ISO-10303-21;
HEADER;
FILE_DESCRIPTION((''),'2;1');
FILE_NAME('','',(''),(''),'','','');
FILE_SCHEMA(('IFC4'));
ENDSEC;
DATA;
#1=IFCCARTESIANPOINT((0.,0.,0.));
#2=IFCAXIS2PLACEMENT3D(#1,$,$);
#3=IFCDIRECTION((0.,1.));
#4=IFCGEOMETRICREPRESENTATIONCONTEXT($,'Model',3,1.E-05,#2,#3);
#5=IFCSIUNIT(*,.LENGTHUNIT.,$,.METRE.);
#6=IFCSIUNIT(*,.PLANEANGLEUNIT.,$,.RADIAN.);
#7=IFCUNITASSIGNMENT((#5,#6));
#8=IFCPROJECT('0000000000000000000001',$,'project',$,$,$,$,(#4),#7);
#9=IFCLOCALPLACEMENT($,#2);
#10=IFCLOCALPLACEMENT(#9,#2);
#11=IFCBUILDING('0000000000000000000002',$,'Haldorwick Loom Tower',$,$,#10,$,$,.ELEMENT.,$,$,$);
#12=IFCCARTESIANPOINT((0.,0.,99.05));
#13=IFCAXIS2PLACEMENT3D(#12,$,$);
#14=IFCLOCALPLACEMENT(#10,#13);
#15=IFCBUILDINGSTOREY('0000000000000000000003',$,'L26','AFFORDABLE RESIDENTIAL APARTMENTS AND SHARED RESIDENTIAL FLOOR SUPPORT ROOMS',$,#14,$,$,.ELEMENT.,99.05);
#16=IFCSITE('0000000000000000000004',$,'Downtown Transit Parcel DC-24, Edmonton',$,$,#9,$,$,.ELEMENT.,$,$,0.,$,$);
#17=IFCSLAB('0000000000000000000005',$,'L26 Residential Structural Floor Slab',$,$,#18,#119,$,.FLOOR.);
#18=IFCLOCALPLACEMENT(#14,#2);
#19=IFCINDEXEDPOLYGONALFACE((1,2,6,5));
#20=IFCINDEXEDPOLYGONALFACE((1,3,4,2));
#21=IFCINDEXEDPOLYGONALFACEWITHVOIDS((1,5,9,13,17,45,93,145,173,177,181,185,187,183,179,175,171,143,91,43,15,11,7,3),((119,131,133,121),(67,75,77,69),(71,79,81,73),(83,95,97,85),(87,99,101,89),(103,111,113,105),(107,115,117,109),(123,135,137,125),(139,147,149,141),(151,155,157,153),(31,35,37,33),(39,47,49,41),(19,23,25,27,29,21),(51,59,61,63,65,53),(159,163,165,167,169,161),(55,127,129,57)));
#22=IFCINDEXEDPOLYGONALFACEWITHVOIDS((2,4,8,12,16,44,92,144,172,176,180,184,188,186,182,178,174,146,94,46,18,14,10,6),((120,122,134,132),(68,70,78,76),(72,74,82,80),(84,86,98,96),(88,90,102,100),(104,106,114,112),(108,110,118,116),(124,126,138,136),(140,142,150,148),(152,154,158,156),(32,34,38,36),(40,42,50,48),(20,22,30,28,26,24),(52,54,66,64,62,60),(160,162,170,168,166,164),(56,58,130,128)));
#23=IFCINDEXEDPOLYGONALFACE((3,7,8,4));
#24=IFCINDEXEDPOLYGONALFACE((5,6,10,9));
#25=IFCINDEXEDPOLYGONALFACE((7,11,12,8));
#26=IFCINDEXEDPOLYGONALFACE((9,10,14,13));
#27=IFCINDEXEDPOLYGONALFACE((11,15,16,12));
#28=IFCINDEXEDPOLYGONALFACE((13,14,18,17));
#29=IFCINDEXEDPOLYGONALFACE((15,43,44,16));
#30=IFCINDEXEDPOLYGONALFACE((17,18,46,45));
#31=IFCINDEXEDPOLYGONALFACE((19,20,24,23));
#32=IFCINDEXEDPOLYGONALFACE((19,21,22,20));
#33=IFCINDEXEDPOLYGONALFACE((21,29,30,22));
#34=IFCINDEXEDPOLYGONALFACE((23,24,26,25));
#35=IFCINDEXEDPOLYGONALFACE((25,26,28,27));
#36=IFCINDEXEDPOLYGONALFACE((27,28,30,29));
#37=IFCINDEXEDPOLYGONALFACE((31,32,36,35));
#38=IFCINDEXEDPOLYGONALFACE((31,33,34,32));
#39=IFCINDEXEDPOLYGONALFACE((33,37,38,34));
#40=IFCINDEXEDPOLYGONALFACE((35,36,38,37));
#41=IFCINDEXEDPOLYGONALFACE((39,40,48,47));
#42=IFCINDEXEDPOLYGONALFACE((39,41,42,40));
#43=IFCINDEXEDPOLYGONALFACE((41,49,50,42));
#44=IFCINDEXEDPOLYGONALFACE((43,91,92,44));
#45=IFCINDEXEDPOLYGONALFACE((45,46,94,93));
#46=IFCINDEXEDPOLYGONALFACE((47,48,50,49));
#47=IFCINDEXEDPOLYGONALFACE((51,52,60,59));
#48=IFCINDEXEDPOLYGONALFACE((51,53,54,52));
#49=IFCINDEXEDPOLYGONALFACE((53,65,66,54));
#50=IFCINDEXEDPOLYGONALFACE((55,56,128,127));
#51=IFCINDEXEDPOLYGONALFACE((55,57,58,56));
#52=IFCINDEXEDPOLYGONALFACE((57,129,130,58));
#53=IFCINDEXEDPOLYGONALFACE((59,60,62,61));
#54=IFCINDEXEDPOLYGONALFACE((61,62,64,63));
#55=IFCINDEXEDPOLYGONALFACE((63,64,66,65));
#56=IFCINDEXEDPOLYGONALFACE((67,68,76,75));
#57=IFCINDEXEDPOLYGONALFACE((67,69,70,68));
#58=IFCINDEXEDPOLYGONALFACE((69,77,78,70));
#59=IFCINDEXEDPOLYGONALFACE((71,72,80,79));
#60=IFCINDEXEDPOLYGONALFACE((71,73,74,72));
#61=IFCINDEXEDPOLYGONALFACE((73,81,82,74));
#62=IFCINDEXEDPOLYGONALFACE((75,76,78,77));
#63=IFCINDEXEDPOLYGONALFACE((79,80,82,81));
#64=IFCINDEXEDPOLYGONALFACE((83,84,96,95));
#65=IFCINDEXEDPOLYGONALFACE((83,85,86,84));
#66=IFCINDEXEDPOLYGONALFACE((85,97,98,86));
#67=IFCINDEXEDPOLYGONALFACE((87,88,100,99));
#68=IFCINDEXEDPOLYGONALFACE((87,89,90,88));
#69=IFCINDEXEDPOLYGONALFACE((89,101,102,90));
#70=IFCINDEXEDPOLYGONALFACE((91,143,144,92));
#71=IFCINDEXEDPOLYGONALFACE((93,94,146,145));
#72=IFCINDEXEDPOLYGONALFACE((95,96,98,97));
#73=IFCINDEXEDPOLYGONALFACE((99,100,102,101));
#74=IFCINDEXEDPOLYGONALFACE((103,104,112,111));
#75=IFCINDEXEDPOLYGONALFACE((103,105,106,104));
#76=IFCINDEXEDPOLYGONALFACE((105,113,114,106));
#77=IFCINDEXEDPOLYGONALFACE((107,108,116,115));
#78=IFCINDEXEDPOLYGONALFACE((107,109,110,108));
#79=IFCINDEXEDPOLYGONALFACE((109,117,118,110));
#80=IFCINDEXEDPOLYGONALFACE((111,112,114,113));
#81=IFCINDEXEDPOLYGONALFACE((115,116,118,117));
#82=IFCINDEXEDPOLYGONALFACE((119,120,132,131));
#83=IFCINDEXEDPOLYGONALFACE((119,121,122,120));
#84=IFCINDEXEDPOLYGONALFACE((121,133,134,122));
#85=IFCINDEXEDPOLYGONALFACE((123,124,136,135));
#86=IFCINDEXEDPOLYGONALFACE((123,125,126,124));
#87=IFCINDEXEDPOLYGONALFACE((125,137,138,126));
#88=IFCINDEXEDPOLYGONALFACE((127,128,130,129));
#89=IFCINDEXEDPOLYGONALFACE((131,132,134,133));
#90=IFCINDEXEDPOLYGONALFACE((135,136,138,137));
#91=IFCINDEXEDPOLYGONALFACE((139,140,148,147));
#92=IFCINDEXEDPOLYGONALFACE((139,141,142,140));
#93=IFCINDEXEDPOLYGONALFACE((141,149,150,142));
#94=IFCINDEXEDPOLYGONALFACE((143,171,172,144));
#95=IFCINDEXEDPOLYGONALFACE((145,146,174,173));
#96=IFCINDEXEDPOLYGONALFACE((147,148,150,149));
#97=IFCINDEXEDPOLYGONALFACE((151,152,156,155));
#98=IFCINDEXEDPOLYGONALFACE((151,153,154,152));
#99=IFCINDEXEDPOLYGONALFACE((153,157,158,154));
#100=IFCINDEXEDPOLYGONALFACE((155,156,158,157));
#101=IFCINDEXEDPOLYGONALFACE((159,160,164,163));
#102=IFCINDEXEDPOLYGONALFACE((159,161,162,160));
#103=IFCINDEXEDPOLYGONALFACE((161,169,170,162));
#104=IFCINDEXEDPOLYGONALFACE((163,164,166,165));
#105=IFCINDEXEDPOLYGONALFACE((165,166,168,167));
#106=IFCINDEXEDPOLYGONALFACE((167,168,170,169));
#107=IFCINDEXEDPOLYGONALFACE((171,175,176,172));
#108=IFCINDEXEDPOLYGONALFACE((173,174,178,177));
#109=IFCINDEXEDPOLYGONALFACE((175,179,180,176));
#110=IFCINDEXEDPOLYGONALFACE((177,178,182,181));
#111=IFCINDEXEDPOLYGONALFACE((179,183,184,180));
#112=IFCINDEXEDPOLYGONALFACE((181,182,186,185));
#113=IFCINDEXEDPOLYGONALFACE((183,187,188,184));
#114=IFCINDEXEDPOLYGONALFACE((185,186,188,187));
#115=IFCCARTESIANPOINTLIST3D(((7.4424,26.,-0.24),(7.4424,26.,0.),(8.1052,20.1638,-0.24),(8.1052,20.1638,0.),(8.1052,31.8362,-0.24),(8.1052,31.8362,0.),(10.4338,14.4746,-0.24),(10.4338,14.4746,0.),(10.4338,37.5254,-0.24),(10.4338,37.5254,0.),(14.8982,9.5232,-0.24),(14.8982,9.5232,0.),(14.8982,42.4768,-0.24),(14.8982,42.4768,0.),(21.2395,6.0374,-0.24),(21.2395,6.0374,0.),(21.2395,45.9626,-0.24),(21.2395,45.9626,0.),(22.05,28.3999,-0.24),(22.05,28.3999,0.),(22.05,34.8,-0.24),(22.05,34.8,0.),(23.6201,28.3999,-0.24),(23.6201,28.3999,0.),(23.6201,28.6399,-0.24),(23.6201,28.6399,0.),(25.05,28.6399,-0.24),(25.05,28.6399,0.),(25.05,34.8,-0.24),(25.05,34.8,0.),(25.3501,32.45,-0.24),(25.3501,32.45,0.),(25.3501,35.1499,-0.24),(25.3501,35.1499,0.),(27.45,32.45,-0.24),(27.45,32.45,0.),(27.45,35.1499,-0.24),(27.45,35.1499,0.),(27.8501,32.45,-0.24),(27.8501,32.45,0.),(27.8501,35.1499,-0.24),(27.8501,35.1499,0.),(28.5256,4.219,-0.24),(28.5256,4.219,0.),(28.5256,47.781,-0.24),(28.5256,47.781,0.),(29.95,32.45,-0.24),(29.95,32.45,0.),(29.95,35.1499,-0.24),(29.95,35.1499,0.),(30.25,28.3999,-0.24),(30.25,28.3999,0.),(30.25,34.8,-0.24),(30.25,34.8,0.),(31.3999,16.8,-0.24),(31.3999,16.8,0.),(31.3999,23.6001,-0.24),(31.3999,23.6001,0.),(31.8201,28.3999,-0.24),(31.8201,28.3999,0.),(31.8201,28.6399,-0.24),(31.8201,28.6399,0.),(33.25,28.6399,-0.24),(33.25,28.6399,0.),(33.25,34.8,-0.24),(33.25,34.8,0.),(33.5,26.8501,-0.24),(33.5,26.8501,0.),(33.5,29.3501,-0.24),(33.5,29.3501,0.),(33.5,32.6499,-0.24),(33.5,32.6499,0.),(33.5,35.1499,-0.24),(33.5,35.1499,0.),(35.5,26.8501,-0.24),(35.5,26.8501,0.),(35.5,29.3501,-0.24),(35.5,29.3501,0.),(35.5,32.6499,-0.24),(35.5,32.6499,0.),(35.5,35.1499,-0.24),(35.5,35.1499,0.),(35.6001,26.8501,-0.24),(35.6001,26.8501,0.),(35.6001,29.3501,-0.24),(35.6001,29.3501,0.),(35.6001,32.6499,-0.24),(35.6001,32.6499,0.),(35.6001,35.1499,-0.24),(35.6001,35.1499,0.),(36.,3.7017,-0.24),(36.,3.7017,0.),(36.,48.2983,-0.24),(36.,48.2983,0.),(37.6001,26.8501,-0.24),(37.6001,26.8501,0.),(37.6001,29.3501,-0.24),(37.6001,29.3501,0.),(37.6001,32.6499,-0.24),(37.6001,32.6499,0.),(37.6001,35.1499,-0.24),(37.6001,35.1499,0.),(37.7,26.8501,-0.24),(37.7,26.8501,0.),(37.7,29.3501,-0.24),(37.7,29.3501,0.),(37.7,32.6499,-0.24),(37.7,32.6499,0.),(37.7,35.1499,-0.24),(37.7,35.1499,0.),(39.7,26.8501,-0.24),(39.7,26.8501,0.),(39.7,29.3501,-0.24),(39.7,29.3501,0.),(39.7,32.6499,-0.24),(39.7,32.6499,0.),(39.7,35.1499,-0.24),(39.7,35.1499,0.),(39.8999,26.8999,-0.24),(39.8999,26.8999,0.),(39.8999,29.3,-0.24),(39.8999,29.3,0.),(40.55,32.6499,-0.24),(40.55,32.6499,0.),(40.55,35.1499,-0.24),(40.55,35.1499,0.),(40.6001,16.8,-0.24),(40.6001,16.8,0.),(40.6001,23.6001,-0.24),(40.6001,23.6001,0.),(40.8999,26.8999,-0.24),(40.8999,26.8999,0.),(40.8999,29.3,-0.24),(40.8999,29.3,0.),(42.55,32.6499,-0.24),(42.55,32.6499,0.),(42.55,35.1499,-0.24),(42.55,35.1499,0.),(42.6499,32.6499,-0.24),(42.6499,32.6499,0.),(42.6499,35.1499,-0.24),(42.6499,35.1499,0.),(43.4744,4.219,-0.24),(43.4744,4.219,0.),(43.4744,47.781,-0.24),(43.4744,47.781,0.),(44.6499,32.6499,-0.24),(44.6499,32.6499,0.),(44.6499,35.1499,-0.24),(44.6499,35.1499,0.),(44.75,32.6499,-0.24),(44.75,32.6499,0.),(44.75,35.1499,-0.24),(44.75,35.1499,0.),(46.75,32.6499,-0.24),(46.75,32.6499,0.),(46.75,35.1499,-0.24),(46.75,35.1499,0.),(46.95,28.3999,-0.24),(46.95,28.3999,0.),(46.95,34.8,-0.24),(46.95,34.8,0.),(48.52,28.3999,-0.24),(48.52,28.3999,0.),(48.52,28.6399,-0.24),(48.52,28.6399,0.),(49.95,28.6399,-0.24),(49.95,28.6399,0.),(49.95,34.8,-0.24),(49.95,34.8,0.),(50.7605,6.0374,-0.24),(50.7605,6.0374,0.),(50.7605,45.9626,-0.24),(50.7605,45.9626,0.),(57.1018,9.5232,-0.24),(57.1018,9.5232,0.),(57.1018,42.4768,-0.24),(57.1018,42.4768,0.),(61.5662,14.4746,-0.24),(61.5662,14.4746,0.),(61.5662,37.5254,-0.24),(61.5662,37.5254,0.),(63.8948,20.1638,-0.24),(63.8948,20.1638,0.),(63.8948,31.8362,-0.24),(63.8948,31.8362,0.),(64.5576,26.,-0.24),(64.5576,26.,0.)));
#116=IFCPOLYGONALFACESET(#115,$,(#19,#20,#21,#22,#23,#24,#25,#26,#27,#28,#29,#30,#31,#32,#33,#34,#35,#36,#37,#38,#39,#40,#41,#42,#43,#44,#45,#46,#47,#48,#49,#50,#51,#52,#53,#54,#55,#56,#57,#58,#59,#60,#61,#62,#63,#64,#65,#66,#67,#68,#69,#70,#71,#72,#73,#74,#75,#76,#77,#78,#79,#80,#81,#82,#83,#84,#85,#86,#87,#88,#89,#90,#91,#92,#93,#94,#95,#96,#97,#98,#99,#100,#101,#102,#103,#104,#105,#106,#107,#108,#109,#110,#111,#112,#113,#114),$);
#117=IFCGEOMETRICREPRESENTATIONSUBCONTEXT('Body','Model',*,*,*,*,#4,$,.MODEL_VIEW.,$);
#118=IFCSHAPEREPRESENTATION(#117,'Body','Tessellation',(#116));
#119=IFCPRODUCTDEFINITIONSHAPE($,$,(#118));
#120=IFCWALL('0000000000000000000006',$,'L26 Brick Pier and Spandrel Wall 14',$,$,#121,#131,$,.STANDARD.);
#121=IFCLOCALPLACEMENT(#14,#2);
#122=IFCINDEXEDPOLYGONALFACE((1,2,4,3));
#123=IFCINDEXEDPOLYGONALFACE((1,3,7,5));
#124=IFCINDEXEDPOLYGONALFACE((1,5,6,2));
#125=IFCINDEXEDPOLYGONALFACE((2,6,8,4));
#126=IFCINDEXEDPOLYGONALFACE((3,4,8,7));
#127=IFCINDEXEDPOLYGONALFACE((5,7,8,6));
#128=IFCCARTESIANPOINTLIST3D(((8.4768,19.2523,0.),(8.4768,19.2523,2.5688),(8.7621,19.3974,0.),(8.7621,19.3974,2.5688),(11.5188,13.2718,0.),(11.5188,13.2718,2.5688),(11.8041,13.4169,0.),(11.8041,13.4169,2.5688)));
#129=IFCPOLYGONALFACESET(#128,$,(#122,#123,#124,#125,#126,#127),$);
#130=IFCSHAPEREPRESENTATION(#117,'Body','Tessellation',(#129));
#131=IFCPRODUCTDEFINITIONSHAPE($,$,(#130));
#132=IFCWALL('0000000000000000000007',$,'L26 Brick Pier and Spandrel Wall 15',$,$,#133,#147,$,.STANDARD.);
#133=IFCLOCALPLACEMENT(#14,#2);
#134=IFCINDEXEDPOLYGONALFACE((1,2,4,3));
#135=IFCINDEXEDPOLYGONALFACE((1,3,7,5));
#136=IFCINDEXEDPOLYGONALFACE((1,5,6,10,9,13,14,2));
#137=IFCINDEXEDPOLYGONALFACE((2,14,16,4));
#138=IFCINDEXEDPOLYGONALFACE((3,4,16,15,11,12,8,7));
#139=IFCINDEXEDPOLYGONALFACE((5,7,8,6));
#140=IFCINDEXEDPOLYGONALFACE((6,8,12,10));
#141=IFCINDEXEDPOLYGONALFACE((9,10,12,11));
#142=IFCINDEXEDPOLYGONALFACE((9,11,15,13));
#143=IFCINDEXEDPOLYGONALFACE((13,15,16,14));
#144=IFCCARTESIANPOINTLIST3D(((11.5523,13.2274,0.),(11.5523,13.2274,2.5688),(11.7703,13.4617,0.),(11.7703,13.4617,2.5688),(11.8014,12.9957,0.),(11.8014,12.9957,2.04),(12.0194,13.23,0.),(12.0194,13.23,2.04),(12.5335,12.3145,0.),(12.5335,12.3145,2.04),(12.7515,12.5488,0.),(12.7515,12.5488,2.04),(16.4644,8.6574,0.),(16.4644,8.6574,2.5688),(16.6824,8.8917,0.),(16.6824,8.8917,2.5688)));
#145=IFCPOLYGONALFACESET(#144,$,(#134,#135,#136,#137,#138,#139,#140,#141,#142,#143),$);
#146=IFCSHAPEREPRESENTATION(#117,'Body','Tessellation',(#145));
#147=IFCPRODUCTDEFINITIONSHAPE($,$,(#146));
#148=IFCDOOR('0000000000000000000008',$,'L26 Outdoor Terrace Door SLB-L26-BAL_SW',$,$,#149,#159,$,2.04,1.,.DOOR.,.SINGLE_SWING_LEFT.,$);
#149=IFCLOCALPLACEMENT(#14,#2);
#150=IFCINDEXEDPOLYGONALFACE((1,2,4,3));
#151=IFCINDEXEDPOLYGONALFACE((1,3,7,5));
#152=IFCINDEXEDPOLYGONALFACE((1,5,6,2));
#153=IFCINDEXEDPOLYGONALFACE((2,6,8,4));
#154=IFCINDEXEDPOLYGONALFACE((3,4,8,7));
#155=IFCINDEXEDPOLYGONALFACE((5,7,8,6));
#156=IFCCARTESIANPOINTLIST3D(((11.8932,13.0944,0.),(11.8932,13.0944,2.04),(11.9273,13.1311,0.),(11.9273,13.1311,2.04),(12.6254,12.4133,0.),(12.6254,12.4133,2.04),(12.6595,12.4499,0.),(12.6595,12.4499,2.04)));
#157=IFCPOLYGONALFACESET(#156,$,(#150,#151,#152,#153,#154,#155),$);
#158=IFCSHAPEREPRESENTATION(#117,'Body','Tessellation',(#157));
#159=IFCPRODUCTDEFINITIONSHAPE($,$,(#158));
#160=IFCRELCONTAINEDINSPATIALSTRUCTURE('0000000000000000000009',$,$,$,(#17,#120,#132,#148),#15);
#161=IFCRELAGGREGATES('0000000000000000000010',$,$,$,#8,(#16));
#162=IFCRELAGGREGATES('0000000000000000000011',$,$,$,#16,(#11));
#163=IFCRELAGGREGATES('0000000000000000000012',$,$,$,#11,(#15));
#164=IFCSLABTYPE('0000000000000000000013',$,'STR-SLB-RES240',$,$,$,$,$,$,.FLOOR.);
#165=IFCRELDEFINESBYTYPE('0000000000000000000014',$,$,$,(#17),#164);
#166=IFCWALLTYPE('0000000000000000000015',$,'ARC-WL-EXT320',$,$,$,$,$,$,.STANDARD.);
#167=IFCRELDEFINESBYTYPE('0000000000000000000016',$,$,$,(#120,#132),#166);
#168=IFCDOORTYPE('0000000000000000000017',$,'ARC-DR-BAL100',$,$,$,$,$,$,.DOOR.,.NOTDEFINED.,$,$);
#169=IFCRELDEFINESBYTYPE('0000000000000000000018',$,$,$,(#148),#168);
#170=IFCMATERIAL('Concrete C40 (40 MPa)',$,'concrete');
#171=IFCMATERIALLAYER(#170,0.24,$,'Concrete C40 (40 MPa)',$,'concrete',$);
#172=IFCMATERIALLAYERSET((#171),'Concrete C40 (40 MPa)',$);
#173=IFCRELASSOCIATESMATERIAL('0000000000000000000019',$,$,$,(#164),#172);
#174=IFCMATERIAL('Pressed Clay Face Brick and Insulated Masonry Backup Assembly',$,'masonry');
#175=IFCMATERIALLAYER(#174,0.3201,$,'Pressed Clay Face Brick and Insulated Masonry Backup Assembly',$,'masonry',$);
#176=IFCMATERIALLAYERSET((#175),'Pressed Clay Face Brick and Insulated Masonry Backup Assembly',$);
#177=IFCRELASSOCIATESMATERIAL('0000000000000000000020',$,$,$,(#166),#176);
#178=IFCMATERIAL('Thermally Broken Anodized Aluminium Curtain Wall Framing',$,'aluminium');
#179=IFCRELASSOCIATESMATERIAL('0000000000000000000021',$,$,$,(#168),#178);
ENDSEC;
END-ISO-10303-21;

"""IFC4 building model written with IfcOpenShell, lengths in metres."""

from ifc_helpers import new_model, si_unit, direction, frame, frame_2d, origin, place, context, subcontext, project, spatial, polyline, rectangle, outline, extrude, material, layer, layer_set, type_object, element, fill, save


model = new_model("IFC4")

# Units and contexts
model_context = context("Model", 3, precision=1e-05, world=origin(), true_north=direction((0.0, 1.0)))
body_context = subcontext(model_context, "Body", "Model", "MODEL_VIEW")
ifc_project = project(units=[si_unit("LENGTHUNIT", "METRE"), si_unit("PLANEANGLEUNIT", "RADIAN")], contexts=[model_context])

# Site, building, storey
site_placement = place(None, origin())
site = spatial("IfcSite", under=ifc_project, at=site_placement, Name="Downtown Transit Parcel DC-24, Edmonton", CompositionType="ELEMENT", RefElevation=0.0)
building_placement = place(site_placement, origin())
building = spatial("IfcBuilding", under=site, at=building_placement, Name="Haldorwick Loom Tower", CompositionType="ELEMENT")
storey_placement = place(building_placement, frame((0.0, 0.0, 99.05)))
storey = spatial("IfcBuildingStorey", under=building, at=storey_placement, Name="L26", Description="AFFORDABLE RESIDENTIAL APARTMENTS AND SHARED RESIDENTIAL FLOOR SUPPORT ROOMS", CompositionType="ELEMENT", Elevation=99.05)

# Shared definitions
ifc_material_1 = material(Name="Concrete C40 (40 MPa)", Category="concrete")

# Slab
ifc_layer_1 = layer(ifc_material_1, 0.24, Name="Concrete C40 (40 MPa)", Category="concrete")
ifc_layer_set_1 = layer_set([ifc_layer_1], Name="Concrete C40 (40 MPa)")
slab_type_1 = type_object("IfcSlabType", Name="STR-SLB-RES240", PredefinedType="FLOOR", material=ifc_layer_set_1)
slab_1_placement = place(storey_placement, frame((0.0, 0.0, -0.24)))
element("IfcSlab", 1, at=slab_1_placement, inside=storey, type_object=slab_type_1, Name="L26 Residential Structural Floor Slab", PredefinedType="FLOOR", context=body_context, shape_type="SweptSolid", body=[
    extrude(outline(polyline([(57.1018, 9.5232), (61.5662, 14.4746), (63.8948, 20.1638), (64.5576, 26.0), (63.8948, 31.8362), (61.5662, 37.5254), (57.1018, 42.4768), (50.7605, 45.9626), (43.4744, 47.781), (36.0, 48.2983), (28.5256, 47.781), (21.2395, 45.9626), (14.8982, 42.4768), (10.4338, 37.5254), (8.1052, 31.8362), (7.4424, 26.0), (8.1052, 20.1638), (10.4338, 14.4746), (14.8982, 9.5232), (21.2395, 6.0374), (28.5256, 4.219), (36.0, 3.7017), (43.4744, 4.219), (50.7605, 6.0374), (57.1018, 9.5232)]), holes=[polyline([(31.3999, 23.6001), (40.6001, 23.6001), (40.6001, 16.8), (31.3999, 16.8), (31.3999, 23.6001)]), polyline([(33.5, 26.8501), (33.5, 29.3501), (35.5, 29.3501), (35.5, 26.8501), (33.5, 26.8501)]), polyline([(22.05, 28.3999), (22.05, 34.8), (25.05, 34.8), (25.05, 28.6399), (23.6201, 28.6399), (23.6201, 28.3999), (22.05, 28.3999)]), polyline([(30.25, 28.3999), (30.25, 34.8), (33.25, 34.8), (33.25, 28.6399), (31.8201, 28.6399), (31.8201, 28.3999), (30.25, 28.3999)]), polyline([(25.3501, 32.45), (25.3501, 35.1499), (27.45, 35.1499), (27.45, 32.45), (25.3501, 32.45)]), polyline([(27.8501, 32.45), (27.8501, 35.1499), (29.95, 35.1499), (29.95, 32.45), (27.8501, 32.45)]), polyline([(33.5, 32.6499), (33.5, 35.1499), (35.5, 35.1499), (35.5, 32.6499), (33.5, 32.6499)]), polyline([(35.6001, 32.6499), (35.6001, 35.1499), (37.6001, 35.1499), (37.6001, 32.6499), (35.6001, 32.6499)]), polyline([(35.6001, 26.8501), (35.6001, 29.3501), (37.6001, 29.3501), (37.6001, 26.8501), (35.6001, 26.8501)]), polyline([(37.7, 26.8501), (37.7, 29.3501), (39.7, 29.3501), (39.7, 26.8501), (37.7, 26.8501)]), polyline([(39.8999, 26.8999), (39.8999, 29.3), (40.8999, 29.3), (40.8999, 26.8999), (39.8999, 26.8999)]), polyline([(46.95, 28.3999), (46.95, 34.8), (49.95, 34.8), (49.95, 28.6399), (48.52, 28.6399), (48.52, 28.3999), (46.95, 28.3999)]), polyline([(37.7, 32.6499), (37.7, 35.1499), (39.7, 35.1499), (39.7, 32.6499), (37.7, 32.6499)]), polyline([(40.55, 32.6499), (40.55, 35.1499), (42.55, 35.1499), (42.55, 32.6499), (40.55, 32.6499)]), polyline([(42.6499, 32.6499), (42.6499, 35.1499), (44.6499, 35.1499), (44.6499, 32.6499), (42.6499, 32.6499)]), polyline([(44.75, 32.6499), (44.75, 35.1499), (46.75, 35.1499), (46.75, 32.6499), (44.75, 32.6499)])]), origin(), (0.0, 0.0, 1.0), 0.24),
])

# Wall
ifc_material_2 = material(Name="Pressed Clay Face Brick and Insulated Masonry Backup Assembly", Category="masonry")
ifc_layer_2 = layer(ifc_material_2, 0.3201, Name="Pressed Clay Face Brick and Insulated Masonry Backup Assembly", Category="masonry")
ifc_layer_set_2 = layer_set([ifc_layer_2], Name="Pressed Clay Face Brick and Insulated Masonry Backup Assembly")
wall_type_1 = type_object("IfcWallType", Name="ARC-WL-EXT320", PredefinedType="STANDARD", material=ifc_layer_set_2)
wall_1_placement = place(storey_placement, frame((8.6194, 19.325, 0.0), z_axis=(0.0, 0.0, 1.0), x_axis=(0.453374, -0.89132, 0.0)))
element("IfcWall", 2, at=wall_1_placement, inside=storey, type_object=wall_type_1, Name="L26 Brick Pier and Spandrel Wall 14", PredefinedType="STANDARD", context=body_context, shape_type="SweptSolid", body=[
    extrude(rectangle(XDim=6.7097, YDim=0.3201, at=frame_2d((3.355, 0.0))), origin(), (0.0, 0.0, 1.0), 2.5688),
])

# Wall, opening, door
wall_2_placement = place(storey_placement, frame((11.6614, 13.3445, 0.0), z_axis=(0.0, 0.0, 1.0), x_axis=(0.732137, -0.681157, 0.0)))
wall_2 = element("IfcWall", 3, at=wall_2_placement, inside=storey, type_object=wall_type_1, Name="L26 Brick Pier and Spandrel Wall 15", PredefinedType="STANDARD", context=body_context, shape_type="SweptSolid", body=[
    extrude(rectangle(XDim=6.7092, YDim=0.3201, at=frame_2d((3.3545, 0.0))), origin(), (0.0, 0.0, 1.0), 2.5688),
])
opening_1_placement = place(wall_2_placement, frame((0.3401, 0.0, 0.0)))
opening_1 = element("IfcOpeningElement", 4, at=opening_1_placement, cuts=wall_2, PredefinedType="OPENING", context=body_context, shape_type="SweptSolid", body=[
    extrude(rectangle(XDim=1.0, YDim=2.04, at=frame_2d((0.5, 1.02))), frame((0.0, 0.1699, 0.0), z_axis=(0.0, -1.0, 0.0), x_axis=(1.0, 0.0, 0.0)), (0.0, 0.0, 1.0), 0.3401),
])
ifc_material_3 = material(Name="Thermally Broken Anodized Aluminium Curtain Wall Framing", Category="aluminium")
door_type_1 = type_object("IfcDoorType", Name="ARC-DR-BAL100", OperationType="NOTDEFINED", PredefinedType="DOOR", material=ifc_material_3)
door_1_placement = place(opening_1_placement, origin())
door_1 = element("IfcDoor", 5, at=door_1_placement, inside=storey, type_object=door_type_1, Name="L26 Outdoor Terrace Door SLB-L26-BAL_SW", OperationType="SINGLE_SWING_LEFT", OverallHeight=2.04, OverallWidth=1.0, PredefinedType="DOOR", context=body_context, shape_type="SweptSolid", body=[
    extrude(rectangle(XDim=1.0, YDim=2.04, at=frame_2d((0.5, 1.02))), frame((0.0, 0.0249, 0.0), z_axis=(0.0, -1.0, 0.0), x_axis=(1.0, 0.0, 0.0)), (0.0, 0.0, 1.0), 0.05),
])
fill(opening_1, door_1)

save(model, "model.ifc")
